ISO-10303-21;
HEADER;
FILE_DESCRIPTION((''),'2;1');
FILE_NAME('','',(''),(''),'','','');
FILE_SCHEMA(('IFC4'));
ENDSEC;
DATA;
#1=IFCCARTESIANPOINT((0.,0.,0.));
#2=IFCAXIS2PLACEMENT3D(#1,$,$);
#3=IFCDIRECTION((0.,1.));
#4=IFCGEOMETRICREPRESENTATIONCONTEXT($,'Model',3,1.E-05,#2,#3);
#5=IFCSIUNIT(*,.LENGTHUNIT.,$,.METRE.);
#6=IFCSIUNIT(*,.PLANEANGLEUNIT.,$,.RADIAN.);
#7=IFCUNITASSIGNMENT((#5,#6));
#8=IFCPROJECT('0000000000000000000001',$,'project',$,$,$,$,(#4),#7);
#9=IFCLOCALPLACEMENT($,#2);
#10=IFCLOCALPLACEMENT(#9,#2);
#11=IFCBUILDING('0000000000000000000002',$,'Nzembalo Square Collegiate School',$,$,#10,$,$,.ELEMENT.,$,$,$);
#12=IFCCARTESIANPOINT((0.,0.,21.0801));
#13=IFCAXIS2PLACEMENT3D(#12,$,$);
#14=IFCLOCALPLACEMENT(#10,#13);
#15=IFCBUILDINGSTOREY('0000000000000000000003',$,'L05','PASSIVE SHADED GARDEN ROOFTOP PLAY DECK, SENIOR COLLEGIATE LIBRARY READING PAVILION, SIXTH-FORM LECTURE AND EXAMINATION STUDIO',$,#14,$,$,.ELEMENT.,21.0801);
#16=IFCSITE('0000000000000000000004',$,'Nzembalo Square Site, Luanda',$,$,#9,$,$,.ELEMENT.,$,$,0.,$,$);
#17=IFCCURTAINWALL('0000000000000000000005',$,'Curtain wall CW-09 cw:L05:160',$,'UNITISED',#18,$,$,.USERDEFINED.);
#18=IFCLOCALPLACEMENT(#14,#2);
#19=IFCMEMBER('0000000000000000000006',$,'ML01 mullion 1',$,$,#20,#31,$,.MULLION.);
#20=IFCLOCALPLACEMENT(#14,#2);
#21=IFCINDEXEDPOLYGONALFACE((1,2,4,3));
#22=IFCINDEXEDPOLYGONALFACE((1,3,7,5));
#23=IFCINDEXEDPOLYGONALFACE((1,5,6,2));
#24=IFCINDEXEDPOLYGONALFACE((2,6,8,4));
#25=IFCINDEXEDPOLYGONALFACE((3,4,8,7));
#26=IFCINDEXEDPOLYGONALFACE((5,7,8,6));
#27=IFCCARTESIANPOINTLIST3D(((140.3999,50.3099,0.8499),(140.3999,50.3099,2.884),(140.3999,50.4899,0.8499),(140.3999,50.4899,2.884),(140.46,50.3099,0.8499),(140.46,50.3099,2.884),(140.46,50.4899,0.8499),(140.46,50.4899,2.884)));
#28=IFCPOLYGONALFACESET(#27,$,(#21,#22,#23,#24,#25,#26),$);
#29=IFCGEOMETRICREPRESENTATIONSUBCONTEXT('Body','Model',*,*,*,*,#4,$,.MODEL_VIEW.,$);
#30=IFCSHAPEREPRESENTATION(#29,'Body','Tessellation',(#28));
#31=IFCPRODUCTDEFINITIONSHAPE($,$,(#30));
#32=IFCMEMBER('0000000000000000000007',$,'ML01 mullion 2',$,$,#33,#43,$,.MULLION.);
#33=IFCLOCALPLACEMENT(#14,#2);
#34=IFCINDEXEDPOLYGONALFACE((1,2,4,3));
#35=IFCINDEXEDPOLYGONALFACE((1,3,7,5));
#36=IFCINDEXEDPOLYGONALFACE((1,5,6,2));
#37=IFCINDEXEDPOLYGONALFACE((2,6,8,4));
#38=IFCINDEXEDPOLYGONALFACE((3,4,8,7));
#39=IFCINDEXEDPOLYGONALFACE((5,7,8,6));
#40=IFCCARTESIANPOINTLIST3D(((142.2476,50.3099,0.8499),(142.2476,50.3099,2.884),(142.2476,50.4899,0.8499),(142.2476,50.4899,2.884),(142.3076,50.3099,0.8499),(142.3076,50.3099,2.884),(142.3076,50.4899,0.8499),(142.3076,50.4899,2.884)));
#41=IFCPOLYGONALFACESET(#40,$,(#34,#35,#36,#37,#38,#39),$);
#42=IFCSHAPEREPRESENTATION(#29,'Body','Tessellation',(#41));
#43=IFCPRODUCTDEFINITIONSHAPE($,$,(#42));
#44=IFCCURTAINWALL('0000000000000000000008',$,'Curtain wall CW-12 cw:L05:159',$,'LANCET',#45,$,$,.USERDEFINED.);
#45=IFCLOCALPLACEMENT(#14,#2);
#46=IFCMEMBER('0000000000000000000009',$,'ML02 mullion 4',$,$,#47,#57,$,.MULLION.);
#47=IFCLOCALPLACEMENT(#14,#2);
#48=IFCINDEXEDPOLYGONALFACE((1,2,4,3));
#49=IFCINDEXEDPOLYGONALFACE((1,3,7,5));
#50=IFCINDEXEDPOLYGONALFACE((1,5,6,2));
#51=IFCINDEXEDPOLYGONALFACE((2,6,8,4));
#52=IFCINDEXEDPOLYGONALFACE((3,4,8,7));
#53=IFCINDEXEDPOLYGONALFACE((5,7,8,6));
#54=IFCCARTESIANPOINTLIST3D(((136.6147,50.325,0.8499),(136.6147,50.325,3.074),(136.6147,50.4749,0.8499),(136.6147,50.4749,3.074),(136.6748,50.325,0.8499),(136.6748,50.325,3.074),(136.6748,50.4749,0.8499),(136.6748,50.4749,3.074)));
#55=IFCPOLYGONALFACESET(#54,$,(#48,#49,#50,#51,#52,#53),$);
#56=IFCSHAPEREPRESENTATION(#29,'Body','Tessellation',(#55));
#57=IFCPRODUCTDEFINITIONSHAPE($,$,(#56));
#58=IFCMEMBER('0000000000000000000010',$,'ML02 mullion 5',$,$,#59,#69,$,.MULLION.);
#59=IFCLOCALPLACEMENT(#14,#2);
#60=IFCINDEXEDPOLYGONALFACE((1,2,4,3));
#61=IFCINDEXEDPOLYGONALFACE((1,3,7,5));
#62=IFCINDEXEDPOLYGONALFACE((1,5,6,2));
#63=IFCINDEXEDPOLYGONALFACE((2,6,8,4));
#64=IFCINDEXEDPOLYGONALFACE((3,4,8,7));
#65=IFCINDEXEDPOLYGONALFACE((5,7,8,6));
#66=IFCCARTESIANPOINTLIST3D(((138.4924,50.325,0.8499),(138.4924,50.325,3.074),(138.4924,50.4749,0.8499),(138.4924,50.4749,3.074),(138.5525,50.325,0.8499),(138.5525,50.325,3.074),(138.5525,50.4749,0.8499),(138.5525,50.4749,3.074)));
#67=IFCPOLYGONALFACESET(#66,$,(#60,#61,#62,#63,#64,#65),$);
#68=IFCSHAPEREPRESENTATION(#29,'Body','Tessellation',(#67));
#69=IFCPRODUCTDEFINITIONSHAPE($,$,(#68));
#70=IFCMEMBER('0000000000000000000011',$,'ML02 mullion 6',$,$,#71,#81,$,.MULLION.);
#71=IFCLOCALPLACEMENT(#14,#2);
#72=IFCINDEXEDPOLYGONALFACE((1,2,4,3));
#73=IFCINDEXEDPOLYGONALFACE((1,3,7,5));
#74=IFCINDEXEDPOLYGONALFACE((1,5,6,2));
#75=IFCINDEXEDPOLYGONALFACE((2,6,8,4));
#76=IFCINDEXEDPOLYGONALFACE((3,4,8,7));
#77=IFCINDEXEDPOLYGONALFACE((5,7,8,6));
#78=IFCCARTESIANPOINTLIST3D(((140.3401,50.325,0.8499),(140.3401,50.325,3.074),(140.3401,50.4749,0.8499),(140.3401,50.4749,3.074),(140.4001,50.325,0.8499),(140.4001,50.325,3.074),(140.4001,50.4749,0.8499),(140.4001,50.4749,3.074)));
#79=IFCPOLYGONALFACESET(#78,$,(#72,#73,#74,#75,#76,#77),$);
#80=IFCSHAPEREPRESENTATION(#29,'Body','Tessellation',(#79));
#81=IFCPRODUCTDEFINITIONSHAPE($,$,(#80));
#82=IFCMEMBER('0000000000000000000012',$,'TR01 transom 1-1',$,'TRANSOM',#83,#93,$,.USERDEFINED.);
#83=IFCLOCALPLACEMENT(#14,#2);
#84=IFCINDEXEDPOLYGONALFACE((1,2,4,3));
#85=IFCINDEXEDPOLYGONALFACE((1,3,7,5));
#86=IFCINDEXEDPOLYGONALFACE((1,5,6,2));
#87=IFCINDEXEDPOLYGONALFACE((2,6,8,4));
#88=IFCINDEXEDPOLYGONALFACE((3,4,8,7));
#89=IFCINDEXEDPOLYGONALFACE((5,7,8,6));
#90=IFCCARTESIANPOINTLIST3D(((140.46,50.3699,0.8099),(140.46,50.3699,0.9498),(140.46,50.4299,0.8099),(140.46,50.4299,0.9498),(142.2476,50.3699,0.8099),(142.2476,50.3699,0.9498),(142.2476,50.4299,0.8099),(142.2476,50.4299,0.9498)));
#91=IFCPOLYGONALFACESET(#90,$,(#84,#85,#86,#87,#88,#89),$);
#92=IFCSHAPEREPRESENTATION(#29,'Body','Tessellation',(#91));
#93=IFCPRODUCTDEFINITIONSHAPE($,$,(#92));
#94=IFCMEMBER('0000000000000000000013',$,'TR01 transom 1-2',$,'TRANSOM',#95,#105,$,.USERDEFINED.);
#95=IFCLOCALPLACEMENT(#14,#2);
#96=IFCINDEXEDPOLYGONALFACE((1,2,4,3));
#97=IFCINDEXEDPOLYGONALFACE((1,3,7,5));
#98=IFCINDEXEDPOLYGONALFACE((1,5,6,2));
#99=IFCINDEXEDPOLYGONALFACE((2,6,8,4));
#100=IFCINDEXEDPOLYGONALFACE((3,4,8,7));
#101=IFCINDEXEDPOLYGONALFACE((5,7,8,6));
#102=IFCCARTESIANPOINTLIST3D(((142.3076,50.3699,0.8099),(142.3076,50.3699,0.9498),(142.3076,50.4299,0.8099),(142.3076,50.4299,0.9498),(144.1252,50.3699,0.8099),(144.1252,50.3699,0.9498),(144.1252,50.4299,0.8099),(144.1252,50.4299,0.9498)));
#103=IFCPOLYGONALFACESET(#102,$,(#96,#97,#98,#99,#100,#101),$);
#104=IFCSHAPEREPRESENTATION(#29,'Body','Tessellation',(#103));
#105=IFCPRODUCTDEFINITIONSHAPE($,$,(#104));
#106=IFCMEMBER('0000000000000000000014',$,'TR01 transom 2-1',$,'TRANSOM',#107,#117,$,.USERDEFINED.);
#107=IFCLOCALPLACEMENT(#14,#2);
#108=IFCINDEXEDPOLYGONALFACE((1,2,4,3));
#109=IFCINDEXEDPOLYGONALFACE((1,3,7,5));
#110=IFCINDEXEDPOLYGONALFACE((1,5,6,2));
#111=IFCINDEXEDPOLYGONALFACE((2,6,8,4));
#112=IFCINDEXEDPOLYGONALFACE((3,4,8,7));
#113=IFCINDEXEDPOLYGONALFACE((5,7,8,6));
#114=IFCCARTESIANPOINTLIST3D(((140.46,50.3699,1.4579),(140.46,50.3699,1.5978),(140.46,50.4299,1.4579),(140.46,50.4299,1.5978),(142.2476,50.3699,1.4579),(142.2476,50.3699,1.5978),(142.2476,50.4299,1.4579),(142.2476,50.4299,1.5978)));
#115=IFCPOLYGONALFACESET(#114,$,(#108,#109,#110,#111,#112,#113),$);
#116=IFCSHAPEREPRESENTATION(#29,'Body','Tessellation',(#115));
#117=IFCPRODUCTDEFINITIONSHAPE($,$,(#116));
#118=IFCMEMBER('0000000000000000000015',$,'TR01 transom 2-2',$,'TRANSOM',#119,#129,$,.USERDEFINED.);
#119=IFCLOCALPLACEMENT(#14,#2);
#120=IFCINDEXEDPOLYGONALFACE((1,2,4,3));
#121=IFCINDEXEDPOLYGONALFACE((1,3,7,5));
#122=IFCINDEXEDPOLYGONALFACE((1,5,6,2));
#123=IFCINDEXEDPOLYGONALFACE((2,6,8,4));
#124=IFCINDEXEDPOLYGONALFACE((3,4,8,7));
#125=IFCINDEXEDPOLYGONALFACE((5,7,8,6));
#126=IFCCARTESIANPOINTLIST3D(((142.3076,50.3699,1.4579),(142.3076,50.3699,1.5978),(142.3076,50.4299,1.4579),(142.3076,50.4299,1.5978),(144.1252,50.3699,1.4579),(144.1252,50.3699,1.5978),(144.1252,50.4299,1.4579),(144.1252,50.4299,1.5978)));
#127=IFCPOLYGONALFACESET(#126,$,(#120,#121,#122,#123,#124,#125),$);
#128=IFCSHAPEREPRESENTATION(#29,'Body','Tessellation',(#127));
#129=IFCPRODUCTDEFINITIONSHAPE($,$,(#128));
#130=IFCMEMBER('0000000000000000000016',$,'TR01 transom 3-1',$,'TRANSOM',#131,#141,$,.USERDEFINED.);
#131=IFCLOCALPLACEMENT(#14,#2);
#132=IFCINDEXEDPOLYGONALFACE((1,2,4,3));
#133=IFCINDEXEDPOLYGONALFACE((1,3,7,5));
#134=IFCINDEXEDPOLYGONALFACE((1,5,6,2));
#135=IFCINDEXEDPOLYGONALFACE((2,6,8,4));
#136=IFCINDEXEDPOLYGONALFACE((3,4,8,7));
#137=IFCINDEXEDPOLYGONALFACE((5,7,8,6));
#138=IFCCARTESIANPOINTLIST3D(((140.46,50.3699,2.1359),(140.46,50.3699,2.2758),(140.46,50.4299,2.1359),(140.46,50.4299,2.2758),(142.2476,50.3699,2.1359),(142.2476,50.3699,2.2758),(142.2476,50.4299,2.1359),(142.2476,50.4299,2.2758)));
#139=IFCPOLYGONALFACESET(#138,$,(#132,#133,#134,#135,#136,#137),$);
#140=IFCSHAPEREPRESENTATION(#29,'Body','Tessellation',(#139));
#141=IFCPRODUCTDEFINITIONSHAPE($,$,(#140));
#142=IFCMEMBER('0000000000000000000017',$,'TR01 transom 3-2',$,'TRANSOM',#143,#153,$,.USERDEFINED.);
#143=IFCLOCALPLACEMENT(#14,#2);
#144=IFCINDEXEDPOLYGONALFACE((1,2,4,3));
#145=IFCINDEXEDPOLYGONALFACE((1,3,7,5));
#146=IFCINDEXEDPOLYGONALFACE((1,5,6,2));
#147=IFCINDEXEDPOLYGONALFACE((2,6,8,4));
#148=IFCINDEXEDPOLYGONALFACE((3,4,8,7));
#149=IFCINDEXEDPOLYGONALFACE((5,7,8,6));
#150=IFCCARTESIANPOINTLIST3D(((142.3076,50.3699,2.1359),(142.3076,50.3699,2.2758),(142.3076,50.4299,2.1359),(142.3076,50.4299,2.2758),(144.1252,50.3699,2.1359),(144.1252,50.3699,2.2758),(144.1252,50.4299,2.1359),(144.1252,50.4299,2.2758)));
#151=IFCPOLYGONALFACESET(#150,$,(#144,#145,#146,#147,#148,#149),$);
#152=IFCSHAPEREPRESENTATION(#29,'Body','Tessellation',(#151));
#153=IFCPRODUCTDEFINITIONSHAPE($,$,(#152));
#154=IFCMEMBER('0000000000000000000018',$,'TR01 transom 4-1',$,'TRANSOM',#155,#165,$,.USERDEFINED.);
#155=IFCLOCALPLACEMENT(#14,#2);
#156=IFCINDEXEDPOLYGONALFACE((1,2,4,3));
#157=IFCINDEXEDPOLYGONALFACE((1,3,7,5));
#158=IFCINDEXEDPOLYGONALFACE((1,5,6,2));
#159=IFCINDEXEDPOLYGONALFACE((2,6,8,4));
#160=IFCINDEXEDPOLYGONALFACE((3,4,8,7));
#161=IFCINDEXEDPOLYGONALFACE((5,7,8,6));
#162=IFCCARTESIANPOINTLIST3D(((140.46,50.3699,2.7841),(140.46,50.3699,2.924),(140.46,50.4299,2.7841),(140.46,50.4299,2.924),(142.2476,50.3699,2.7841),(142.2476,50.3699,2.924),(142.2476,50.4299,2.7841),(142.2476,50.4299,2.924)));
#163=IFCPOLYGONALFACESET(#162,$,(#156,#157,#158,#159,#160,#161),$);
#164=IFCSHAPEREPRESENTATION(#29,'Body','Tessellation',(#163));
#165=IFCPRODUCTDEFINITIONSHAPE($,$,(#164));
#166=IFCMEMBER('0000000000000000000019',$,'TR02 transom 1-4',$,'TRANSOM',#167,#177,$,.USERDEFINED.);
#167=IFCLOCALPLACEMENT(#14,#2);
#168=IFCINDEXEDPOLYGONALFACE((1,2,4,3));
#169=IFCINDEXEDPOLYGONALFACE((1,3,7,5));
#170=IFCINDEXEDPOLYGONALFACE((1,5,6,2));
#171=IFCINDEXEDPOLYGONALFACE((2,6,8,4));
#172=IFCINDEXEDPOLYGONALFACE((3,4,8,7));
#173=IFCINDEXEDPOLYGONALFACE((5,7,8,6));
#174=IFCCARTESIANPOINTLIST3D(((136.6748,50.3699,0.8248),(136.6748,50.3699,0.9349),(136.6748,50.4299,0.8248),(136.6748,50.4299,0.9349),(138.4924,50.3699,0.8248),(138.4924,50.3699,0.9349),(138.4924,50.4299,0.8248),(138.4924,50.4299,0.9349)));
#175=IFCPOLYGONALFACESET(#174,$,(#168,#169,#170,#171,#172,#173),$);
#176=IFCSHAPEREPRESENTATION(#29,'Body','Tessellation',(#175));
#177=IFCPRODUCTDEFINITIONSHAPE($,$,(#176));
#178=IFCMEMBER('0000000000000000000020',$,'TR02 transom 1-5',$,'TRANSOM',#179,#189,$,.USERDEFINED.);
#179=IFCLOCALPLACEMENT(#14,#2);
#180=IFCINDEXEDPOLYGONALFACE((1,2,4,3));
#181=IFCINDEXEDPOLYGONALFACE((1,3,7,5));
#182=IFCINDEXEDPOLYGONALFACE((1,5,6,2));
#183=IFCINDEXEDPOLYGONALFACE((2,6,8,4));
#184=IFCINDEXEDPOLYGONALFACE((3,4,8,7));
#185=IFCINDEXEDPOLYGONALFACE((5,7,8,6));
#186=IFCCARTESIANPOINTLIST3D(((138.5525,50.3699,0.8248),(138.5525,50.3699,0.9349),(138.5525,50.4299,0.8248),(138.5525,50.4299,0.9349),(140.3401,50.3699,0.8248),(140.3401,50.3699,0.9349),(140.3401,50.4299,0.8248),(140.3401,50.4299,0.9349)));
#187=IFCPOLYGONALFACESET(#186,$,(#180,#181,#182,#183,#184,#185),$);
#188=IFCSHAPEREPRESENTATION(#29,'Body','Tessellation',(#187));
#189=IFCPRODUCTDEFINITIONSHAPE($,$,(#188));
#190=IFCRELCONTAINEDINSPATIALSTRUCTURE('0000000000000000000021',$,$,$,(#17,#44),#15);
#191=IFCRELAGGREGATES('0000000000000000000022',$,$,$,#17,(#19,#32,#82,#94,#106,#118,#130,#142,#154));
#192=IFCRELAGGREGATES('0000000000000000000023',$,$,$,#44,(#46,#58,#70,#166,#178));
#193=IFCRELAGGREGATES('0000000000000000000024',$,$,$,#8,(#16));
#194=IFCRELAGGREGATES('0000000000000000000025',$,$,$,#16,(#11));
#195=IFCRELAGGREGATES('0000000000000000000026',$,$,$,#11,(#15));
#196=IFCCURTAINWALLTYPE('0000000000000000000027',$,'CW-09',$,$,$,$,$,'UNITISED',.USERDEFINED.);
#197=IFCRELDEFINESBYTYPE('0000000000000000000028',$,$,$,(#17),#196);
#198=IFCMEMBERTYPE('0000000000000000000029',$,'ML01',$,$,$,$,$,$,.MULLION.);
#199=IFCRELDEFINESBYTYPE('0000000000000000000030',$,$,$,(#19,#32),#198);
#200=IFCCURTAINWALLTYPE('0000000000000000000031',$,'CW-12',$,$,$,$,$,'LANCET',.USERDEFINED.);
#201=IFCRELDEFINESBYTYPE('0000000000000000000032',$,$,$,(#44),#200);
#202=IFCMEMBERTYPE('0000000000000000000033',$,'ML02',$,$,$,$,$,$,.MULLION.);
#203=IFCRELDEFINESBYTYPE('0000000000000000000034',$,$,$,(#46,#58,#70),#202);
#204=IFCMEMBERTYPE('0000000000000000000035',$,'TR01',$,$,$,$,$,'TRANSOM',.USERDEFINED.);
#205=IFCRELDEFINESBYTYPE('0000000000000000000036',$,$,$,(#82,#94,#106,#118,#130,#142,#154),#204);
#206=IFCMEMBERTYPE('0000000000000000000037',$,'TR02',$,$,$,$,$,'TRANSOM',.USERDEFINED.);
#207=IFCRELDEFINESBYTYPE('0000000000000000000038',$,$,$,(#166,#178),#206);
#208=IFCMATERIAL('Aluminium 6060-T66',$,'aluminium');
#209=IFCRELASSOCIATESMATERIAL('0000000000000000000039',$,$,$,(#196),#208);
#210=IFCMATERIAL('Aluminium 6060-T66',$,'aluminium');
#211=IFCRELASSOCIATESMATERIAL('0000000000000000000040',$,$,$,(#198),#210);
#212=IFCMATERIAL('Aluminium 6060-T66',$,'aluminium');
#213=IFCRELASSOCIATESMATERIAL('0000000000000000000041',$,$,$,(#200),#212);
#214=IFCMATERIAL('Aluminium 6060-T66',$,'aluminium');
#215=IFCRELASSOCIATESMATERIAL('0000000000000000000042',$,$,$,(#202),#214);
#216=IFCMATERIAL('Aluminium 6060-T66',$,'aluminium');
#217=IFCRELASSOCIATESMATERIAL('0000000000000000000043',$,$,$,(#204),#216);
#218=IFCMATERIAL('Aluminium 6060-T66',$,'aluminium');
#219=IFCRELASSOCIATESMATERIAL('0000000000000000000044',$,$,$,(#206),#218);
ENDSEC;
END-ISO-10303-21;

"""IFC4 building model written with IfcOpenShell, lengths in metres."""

from ifc_helpers import new_model, si_unit, direction, frame, origin, origin_2d, place, context, subcontext, project, spatial, rectangle, extrude, material, material_profile, profile_set, type_object, element, aggregate, save


model = new_model("IFC4")

# Units and contexts
model_context = context("Model", 3, precision=1e-05, world=origin(), true_north=direction((0.0, 1.0)))
body_context = subcontext(model_context, "Body", "Model", "MODEL_VIEW")
ifc_project = project(units=[si_unit("LENGTHUNIT", "METRE"), si_unit("PLANEANGLEUNIT", "RADIAN")], contexts=[model_context])

# Site, building, storey
site_placement = place(None, origin())
site = spatial("IfcSite", under=ifc_project, at=site_placement, Name="Nzembalo Square Site, Luanda", CompositionType="ELEMENT", RefElevation=0.0)
building_placement = place(site_placement, origin())
building = spatial("IfcBuilding", under=site, at=building_placement, Name="Nzembalo Square Collegiate School", CompositionType="ELEMENT")
storey_placement = place(building_placement, frame((0.0, 0.0, 21.0801)))
storey = spatial("IfcBuildingStorey", under=building, at=storey_placement, Name="L05", Description="PASSIVE SHADED GARDEN ROOFTOP PLAY DECK, SENIOR COLLEGIATE LIBRARY READING PAVILION, SIXTH-FORM LECTURE AND EXAMINATION STUDIO", CompositionType="ELEMENT", Elevation=21.0801)

# Curtain walls, members
ifc_material_1 = material(Name="Aluminium 6060-T66", Category="aluminium")
curtain_wall_type_1 = type_object("IfcCurtainWallType", Name="CW-09", ElementType="UNITISED", PredefinedType="USERDEFINED", material=ifc_material_1)
curtain_wall_1_placement = place(storey_placement, origin())
curtain_wall_1 = element("IfcCurtainWall", 1, at=curtain_wall_1_placement, inside=storey, type_object=curtain_wall_type_1, Name="Curtain wall CW-09 cw:L05:160", ObjectType="UNITISED", PredefinedType="USERDEFINED")
ifc_material_2 = material(Name="Aluminium 6060-T66", Category="aluminium")
ifc_material_profile_1 = material_profile(ifc_material_2, rectangle(XDim=0.0601, YDim=0.1799, at=origin_2d()), Name="ALU M60x180")
ifc_profile_set_1 = profile_set([ifc_material_profile_1], Name="Aluminium 6060-T66")
member_type_1 = type_object("IfcMemberType", Name="ML01", PredefinedType="MULLION", material=ifc_profile_set_1)
member_1_placement = place(storey_placement, frame((140.4299, 50.3999, 0.8499), z_axis=(0.0, 0.0, 1.0), x_axis=(1.0, 0.0, 0.0)))
member_1 = element("IfcMember", 2, at=member_1_placement, type_object=member_type_1, Name="ML01 mullion 1", PredefinedType="MULLION", context=body_context, shape_type="SweptSolid", body=[
    extrude(rectangle(XDim=0.0601, YDim=0.1799, at=origin_2d()), origin(), (0.0, 0.0, 1.0), 2.0342),
])
member_2_placement = place(storey_placement, frame((142.2776, 50.3999, 0.8499), z_axis=(0.0, 0.0, 1.0), x_axis=(1.0, 0.0, 0.0)))
member_2 = element("IfcMember", 3, at=member_2_placement, type_object=member_type_1, Name="ML01 mullion 2", PredefinedType="MULLION", context=body_context, shape_type="SweptSolid", body=[
    extrude(rectangle(XDim=0.0601, YDim=0.1799, at=origin_2d()), origin(), (0.0, 0.0, 1.0), 2.0342),
])
ifc_material_3 = material(Name="Aluminium 6060-T66", Category="aluminium")
curtain_wall_type_2 = type_object("IfcCurtainWallType", Name="CW-12", ElementType="LANCET", PredefinedType="USERDEFINED", material=ifc_material_3)
curtain_wall_2_placement = place(storey_placement, origin())
curtain_wall_2 = element("IfcCurtainWall", 4, at=curtain_wall_2_placement, inside=storey, type_object=curtain_wall_type_2, Name="Curtain wall CW-12 cw:L05:159", ObjectType="LANCET", PredefinedType="USERDEFINED")
ifc_material_4 = material(Name="Aluminium 6060-T66", Category="aluminium")
ifc_material_profile_2 = material_profile(ifc_material_4, rectangle(XDim=0.0601, YDim=0.1499, at=origin_2d()), Name="ALU M60x150")
ifc_profile_set_2 = profile_set([ifc_material_profile_2], Name="Aluminium 6060-T66")
member_type_2 = type_object("IfcMemberType", Name="ML02", PredefinedType="MULLION", material=ifc_profile_set_2)
member_3_placement = place(storey_placement, frame((136.6448, 50.3999, 0.8499), z_axis=(0.0, 0.0, 1.0), x_axis=(1.0, 0.0, 0.0)))
member_3 = element("IfcMember", 5, at=member_3_placement, type_object=member_type_2, Name="ML02 mullion 4", PredefinedType="MULLION", context=body_context, shape_type="SweptSolid", body=[
    extrude(rectangle(XDim=0.0601, YDim=0.1499, at=origin_2d()), origin(), (0.0, 0.0, 1.0), 2.2241),
])
member_4_placement = place(storey_placement, frame((138.5225, 50.3999, 0.8499), z_axis=(0.0, 0.0, 1.0), x_axis=(1.0, 0.0, 0.0)))
member_4 = element("IfcMember", 6, at=member_4_placement, type_object=member_type_2, Name="ML02 mullion 5", PredefinedType="MULLION", context=body_context, shape_type="SweptSolid", body=[
    extrude(rectangle(XDim=0.0601, YDim=0.1499, at=origin_2d()), origin(), (0.0, 0.0, 1.0), 2.2241),
])
member_5_placement = place(storey_placement, frame((140.3701, 50.3999, 0.8499), z_axis=(0.0, 0.0, 1.0), x_axis=(1.0, 0.0, 0.0)))
member_5 = element("IfcMember", 7, at=member_5_placement, type_object=member_type_2, Name="ML02 mullion 6", PredefinedType="MULLION", context=body_context, shape_type="SweptSolid", body=[
    extrude(rectangle(XDim=0.0601, YDim=0.1499, at=origin_2d()), origin(), (0.0, 0.0, 1.0), 2.2241),
])

# Members
ifc_material_5 = material(Name="Aluminium 6060-T66", Category="aluminium")
ifc_material_profile_3 = material_profile(ifc_material_5, rectangle(XDim=0.0601, YDim=0.1399, at=origin_2d()), Name="ALU T60x140")
ifc_profile_set_3 = profile_set([ifc_material_profile_3], Name="Aluminium 6060-T66")
member_type_3 = type_object("IfcMemberType", Name="TR01", ElementType="TRANSOM", PredefinedType="USERDEFINED", material=ifc_profile_set_3)
member_6_placement = place(storey_placement, frame((140.46, 50.3999, 0.8799), z_axis=(1.0, 0.0, 0.0), x_axis=(0.0, 1.0, 0.0)))
member_6 = element("IfcMember", 8, at=member_6_placement, type_object=member_type_3, Name="TR01 transom 1-1", ObjectType="TRANSOM", PredefinedType="USERDEFINED", context=body_context, shape_type="SweptSolid", body=[
    extrude(rectangle(XDim=0.0601, YDim=0.1399, at=origin_2d()), origin(), (0.0, 0.0, 1.0), 1.7876),
])
member_7_placement = place(storey_placement, frame((142.3076, 50.3999, 0.8799), z_axis=(1.0, 0.0, 0.0), x_axis=(0.0, 1.0, 0.0)))
member_7 = element("IfcMember", 9, at=member_7_placement, type_object=member_type_3, Name="TR01 transom 1-2", ObjectType="TRANSOM", PredefinedType="USERDEFINED", context=body_context, shape_type="SweptSolid", body=[
    extrude(rectangle(XDim=0.0601, YDim=0.1399, at=origin_2d()), origin(), (0.0, 0.0, 1.0), 1.8176),
])
member_8_placement = place(storey_placement, frame((140.46, 50.3999, 1.5278), z_axis=(1.0, 0.0, 0.0), x_axis=(0.0, 1.0, 0.0)))
member_8 = element("IfcMember", 10, at=member_8_placement, type_object=member_type_3, Name="TR01 transom 2-1", ObjectType="TRANSOM", PredefinedType="USERDEFINED", context=body_context, shape_type="SweptSolid", body=[
    extrude(rectangle(XDim=0.0601, YDim=0.1399, at=origin_2d()), origin(), (0.0, 0.0, 1.0), 1.7876),
])
member_9_placement = place(storey_placement, frame((142.3076, 50.3999, 1.5278), z_axis=(1.0, 0.0, 0.0), x_axis=(0.0, 1.0, 0.0)))
member_9 = element("IfcMember", 11, at=member_9_placement, type_object=member_type_3, Name="TR01 transom 2-2", ObjectType="TRANSOM", PredefinedType="USERDEFINED", context=body_context, shape_type="SweptSolid", body=[
    extrude(rectangle(XDim=0.0601, YDim=0.1399, at=origin_2d()), origin(), (0.0, 0.0, 1.0), 1.8176),
])
member_10_placement = place(storey_placement, frame((140.46, 50.3999, 2.2058), z_axis=(1.0, 0.0, 0.0), x_axis=(0.0, 1.0, 0.0)))
member_10 = element("IfcMember", 12, at=member_10_placement, type_object=member_type_3, Name="TR01 transom 3-1", ObjectType="TRANSOM", PredefinedType="USERDEFINED", context=body_context, shape_type="SweptSolid", body=[
    extrude(rectangle(XDim=0.0601, YDim=0.1399, at=origin_2d()), origin(), (0.0, 0.0, 1.0), 1.7876),
])
member_11_placement = place(storey_placement, frame((142.3076, 50.3999, 2.2058), z_axis=(1.0, 0.0, 0.0), x_axis=(0.0, 1.0, 0.0)))
member_11 = element("IfcMember", 13, at=member_11_placement, type_object=member_type_3, Name="TR01 transom 3-2", ObjectType="TRANSOM", PredefinedType="USERDEFINED", context=body_context, shape_type="SweptSolid", body=[
    extrude(rectangle(XDim=0.0601, YDim=0.1399, at=origin_2d()), origin(), (0.0, 0.0, 1.0), 1.8176),
])
member_12_placement = place(storey_placement, frame((140.46, 50.3999, 2.854), z_axis=(1.0, 0.0, 0.0), x_axis=(0.0, 1.0, 0.0)))
member_12 = element("IfcMember", 14, at=member_12_placement, type_object=member_type_3, Name="TR01 transom 4-1", ObjectType="TRANSOM", PredefinedType="USERDEFINED", context=body_context, shape_type="SweptSolid", body=[
    extrude(rectangle(XDim=0.0601, YDim=0.1399, at=origin_2d()), origin(), (0.0, 0.0, 1.0), 1.7876),
])
ifc_material_6 = material(Name="Aluminium 6060-T66", Category="aluminium")
ifc_material_profile_4 = material_profile(ifc_material_6, rectangle(XDim=0.0601, YDim=0.1101, at=origin_2d()), Name="ALU T60x110")
ifc_profile_set_4 = profile_set([ifc_material_profile_4], Name="Aluminium 6060-T66")
member_type_4 = type_object("IfcMemberType", Name="TR02", ElementType="TRANSOM", PredefinedType="USERDEFINED", material=ifc_profile_set_4)
member_13_placement = place(storey_placement, frame((136.6748, 50.3999, 0.8799), z_axis=(1.0, 0.0, 0.0), x_axis=(0.0, 1.0, 0.0)))
member_13 = element("IfcMember", 15, at=member_13_placement, type_object=member_type_4, Name="TR02 transom 1-4", ObjectType="TRANSOM", PredefinedType="USERDEFINED", context=body_context, shape_type="SweptSolid", body=[
    extrude(rectangle(XDim=0.0601, YDim=0.1101, at=origin_2d()), origin(), (0.0, 0.0, 1.0), 1.8176),
])
member_14_placement = place(storey_placement, frame((138.5525, 50.3999, 0.8799), z_axis=(1.0, 0.0, 0.0), x_axis=(0.0, 1.0, 0.0)))
member_14 = element("IfcMember", 16, at=member_14_placement, type_object=member_type_4, Name="TR02 transom 1-5", ObjectType="TRANSOM", PredefinedType="USERDEFINED", context=body_context, shape_type="SweptSolid", body=[
    extrude(rectangle(XDim=0.0601, YDim=0.1101, at=origin_2d()), origin(), (0.0, 0.0, 1.0), 1.7876),
])

aggregate(curtain_wall_1, [member_1, member_2, member_6, member_7, member_8, member_9, member_10, member_11, member_12])
aggregate(curtain_wall_2, [member_3, member_4, member_5, member_13, member_14])

save(model, "model.ifc")
